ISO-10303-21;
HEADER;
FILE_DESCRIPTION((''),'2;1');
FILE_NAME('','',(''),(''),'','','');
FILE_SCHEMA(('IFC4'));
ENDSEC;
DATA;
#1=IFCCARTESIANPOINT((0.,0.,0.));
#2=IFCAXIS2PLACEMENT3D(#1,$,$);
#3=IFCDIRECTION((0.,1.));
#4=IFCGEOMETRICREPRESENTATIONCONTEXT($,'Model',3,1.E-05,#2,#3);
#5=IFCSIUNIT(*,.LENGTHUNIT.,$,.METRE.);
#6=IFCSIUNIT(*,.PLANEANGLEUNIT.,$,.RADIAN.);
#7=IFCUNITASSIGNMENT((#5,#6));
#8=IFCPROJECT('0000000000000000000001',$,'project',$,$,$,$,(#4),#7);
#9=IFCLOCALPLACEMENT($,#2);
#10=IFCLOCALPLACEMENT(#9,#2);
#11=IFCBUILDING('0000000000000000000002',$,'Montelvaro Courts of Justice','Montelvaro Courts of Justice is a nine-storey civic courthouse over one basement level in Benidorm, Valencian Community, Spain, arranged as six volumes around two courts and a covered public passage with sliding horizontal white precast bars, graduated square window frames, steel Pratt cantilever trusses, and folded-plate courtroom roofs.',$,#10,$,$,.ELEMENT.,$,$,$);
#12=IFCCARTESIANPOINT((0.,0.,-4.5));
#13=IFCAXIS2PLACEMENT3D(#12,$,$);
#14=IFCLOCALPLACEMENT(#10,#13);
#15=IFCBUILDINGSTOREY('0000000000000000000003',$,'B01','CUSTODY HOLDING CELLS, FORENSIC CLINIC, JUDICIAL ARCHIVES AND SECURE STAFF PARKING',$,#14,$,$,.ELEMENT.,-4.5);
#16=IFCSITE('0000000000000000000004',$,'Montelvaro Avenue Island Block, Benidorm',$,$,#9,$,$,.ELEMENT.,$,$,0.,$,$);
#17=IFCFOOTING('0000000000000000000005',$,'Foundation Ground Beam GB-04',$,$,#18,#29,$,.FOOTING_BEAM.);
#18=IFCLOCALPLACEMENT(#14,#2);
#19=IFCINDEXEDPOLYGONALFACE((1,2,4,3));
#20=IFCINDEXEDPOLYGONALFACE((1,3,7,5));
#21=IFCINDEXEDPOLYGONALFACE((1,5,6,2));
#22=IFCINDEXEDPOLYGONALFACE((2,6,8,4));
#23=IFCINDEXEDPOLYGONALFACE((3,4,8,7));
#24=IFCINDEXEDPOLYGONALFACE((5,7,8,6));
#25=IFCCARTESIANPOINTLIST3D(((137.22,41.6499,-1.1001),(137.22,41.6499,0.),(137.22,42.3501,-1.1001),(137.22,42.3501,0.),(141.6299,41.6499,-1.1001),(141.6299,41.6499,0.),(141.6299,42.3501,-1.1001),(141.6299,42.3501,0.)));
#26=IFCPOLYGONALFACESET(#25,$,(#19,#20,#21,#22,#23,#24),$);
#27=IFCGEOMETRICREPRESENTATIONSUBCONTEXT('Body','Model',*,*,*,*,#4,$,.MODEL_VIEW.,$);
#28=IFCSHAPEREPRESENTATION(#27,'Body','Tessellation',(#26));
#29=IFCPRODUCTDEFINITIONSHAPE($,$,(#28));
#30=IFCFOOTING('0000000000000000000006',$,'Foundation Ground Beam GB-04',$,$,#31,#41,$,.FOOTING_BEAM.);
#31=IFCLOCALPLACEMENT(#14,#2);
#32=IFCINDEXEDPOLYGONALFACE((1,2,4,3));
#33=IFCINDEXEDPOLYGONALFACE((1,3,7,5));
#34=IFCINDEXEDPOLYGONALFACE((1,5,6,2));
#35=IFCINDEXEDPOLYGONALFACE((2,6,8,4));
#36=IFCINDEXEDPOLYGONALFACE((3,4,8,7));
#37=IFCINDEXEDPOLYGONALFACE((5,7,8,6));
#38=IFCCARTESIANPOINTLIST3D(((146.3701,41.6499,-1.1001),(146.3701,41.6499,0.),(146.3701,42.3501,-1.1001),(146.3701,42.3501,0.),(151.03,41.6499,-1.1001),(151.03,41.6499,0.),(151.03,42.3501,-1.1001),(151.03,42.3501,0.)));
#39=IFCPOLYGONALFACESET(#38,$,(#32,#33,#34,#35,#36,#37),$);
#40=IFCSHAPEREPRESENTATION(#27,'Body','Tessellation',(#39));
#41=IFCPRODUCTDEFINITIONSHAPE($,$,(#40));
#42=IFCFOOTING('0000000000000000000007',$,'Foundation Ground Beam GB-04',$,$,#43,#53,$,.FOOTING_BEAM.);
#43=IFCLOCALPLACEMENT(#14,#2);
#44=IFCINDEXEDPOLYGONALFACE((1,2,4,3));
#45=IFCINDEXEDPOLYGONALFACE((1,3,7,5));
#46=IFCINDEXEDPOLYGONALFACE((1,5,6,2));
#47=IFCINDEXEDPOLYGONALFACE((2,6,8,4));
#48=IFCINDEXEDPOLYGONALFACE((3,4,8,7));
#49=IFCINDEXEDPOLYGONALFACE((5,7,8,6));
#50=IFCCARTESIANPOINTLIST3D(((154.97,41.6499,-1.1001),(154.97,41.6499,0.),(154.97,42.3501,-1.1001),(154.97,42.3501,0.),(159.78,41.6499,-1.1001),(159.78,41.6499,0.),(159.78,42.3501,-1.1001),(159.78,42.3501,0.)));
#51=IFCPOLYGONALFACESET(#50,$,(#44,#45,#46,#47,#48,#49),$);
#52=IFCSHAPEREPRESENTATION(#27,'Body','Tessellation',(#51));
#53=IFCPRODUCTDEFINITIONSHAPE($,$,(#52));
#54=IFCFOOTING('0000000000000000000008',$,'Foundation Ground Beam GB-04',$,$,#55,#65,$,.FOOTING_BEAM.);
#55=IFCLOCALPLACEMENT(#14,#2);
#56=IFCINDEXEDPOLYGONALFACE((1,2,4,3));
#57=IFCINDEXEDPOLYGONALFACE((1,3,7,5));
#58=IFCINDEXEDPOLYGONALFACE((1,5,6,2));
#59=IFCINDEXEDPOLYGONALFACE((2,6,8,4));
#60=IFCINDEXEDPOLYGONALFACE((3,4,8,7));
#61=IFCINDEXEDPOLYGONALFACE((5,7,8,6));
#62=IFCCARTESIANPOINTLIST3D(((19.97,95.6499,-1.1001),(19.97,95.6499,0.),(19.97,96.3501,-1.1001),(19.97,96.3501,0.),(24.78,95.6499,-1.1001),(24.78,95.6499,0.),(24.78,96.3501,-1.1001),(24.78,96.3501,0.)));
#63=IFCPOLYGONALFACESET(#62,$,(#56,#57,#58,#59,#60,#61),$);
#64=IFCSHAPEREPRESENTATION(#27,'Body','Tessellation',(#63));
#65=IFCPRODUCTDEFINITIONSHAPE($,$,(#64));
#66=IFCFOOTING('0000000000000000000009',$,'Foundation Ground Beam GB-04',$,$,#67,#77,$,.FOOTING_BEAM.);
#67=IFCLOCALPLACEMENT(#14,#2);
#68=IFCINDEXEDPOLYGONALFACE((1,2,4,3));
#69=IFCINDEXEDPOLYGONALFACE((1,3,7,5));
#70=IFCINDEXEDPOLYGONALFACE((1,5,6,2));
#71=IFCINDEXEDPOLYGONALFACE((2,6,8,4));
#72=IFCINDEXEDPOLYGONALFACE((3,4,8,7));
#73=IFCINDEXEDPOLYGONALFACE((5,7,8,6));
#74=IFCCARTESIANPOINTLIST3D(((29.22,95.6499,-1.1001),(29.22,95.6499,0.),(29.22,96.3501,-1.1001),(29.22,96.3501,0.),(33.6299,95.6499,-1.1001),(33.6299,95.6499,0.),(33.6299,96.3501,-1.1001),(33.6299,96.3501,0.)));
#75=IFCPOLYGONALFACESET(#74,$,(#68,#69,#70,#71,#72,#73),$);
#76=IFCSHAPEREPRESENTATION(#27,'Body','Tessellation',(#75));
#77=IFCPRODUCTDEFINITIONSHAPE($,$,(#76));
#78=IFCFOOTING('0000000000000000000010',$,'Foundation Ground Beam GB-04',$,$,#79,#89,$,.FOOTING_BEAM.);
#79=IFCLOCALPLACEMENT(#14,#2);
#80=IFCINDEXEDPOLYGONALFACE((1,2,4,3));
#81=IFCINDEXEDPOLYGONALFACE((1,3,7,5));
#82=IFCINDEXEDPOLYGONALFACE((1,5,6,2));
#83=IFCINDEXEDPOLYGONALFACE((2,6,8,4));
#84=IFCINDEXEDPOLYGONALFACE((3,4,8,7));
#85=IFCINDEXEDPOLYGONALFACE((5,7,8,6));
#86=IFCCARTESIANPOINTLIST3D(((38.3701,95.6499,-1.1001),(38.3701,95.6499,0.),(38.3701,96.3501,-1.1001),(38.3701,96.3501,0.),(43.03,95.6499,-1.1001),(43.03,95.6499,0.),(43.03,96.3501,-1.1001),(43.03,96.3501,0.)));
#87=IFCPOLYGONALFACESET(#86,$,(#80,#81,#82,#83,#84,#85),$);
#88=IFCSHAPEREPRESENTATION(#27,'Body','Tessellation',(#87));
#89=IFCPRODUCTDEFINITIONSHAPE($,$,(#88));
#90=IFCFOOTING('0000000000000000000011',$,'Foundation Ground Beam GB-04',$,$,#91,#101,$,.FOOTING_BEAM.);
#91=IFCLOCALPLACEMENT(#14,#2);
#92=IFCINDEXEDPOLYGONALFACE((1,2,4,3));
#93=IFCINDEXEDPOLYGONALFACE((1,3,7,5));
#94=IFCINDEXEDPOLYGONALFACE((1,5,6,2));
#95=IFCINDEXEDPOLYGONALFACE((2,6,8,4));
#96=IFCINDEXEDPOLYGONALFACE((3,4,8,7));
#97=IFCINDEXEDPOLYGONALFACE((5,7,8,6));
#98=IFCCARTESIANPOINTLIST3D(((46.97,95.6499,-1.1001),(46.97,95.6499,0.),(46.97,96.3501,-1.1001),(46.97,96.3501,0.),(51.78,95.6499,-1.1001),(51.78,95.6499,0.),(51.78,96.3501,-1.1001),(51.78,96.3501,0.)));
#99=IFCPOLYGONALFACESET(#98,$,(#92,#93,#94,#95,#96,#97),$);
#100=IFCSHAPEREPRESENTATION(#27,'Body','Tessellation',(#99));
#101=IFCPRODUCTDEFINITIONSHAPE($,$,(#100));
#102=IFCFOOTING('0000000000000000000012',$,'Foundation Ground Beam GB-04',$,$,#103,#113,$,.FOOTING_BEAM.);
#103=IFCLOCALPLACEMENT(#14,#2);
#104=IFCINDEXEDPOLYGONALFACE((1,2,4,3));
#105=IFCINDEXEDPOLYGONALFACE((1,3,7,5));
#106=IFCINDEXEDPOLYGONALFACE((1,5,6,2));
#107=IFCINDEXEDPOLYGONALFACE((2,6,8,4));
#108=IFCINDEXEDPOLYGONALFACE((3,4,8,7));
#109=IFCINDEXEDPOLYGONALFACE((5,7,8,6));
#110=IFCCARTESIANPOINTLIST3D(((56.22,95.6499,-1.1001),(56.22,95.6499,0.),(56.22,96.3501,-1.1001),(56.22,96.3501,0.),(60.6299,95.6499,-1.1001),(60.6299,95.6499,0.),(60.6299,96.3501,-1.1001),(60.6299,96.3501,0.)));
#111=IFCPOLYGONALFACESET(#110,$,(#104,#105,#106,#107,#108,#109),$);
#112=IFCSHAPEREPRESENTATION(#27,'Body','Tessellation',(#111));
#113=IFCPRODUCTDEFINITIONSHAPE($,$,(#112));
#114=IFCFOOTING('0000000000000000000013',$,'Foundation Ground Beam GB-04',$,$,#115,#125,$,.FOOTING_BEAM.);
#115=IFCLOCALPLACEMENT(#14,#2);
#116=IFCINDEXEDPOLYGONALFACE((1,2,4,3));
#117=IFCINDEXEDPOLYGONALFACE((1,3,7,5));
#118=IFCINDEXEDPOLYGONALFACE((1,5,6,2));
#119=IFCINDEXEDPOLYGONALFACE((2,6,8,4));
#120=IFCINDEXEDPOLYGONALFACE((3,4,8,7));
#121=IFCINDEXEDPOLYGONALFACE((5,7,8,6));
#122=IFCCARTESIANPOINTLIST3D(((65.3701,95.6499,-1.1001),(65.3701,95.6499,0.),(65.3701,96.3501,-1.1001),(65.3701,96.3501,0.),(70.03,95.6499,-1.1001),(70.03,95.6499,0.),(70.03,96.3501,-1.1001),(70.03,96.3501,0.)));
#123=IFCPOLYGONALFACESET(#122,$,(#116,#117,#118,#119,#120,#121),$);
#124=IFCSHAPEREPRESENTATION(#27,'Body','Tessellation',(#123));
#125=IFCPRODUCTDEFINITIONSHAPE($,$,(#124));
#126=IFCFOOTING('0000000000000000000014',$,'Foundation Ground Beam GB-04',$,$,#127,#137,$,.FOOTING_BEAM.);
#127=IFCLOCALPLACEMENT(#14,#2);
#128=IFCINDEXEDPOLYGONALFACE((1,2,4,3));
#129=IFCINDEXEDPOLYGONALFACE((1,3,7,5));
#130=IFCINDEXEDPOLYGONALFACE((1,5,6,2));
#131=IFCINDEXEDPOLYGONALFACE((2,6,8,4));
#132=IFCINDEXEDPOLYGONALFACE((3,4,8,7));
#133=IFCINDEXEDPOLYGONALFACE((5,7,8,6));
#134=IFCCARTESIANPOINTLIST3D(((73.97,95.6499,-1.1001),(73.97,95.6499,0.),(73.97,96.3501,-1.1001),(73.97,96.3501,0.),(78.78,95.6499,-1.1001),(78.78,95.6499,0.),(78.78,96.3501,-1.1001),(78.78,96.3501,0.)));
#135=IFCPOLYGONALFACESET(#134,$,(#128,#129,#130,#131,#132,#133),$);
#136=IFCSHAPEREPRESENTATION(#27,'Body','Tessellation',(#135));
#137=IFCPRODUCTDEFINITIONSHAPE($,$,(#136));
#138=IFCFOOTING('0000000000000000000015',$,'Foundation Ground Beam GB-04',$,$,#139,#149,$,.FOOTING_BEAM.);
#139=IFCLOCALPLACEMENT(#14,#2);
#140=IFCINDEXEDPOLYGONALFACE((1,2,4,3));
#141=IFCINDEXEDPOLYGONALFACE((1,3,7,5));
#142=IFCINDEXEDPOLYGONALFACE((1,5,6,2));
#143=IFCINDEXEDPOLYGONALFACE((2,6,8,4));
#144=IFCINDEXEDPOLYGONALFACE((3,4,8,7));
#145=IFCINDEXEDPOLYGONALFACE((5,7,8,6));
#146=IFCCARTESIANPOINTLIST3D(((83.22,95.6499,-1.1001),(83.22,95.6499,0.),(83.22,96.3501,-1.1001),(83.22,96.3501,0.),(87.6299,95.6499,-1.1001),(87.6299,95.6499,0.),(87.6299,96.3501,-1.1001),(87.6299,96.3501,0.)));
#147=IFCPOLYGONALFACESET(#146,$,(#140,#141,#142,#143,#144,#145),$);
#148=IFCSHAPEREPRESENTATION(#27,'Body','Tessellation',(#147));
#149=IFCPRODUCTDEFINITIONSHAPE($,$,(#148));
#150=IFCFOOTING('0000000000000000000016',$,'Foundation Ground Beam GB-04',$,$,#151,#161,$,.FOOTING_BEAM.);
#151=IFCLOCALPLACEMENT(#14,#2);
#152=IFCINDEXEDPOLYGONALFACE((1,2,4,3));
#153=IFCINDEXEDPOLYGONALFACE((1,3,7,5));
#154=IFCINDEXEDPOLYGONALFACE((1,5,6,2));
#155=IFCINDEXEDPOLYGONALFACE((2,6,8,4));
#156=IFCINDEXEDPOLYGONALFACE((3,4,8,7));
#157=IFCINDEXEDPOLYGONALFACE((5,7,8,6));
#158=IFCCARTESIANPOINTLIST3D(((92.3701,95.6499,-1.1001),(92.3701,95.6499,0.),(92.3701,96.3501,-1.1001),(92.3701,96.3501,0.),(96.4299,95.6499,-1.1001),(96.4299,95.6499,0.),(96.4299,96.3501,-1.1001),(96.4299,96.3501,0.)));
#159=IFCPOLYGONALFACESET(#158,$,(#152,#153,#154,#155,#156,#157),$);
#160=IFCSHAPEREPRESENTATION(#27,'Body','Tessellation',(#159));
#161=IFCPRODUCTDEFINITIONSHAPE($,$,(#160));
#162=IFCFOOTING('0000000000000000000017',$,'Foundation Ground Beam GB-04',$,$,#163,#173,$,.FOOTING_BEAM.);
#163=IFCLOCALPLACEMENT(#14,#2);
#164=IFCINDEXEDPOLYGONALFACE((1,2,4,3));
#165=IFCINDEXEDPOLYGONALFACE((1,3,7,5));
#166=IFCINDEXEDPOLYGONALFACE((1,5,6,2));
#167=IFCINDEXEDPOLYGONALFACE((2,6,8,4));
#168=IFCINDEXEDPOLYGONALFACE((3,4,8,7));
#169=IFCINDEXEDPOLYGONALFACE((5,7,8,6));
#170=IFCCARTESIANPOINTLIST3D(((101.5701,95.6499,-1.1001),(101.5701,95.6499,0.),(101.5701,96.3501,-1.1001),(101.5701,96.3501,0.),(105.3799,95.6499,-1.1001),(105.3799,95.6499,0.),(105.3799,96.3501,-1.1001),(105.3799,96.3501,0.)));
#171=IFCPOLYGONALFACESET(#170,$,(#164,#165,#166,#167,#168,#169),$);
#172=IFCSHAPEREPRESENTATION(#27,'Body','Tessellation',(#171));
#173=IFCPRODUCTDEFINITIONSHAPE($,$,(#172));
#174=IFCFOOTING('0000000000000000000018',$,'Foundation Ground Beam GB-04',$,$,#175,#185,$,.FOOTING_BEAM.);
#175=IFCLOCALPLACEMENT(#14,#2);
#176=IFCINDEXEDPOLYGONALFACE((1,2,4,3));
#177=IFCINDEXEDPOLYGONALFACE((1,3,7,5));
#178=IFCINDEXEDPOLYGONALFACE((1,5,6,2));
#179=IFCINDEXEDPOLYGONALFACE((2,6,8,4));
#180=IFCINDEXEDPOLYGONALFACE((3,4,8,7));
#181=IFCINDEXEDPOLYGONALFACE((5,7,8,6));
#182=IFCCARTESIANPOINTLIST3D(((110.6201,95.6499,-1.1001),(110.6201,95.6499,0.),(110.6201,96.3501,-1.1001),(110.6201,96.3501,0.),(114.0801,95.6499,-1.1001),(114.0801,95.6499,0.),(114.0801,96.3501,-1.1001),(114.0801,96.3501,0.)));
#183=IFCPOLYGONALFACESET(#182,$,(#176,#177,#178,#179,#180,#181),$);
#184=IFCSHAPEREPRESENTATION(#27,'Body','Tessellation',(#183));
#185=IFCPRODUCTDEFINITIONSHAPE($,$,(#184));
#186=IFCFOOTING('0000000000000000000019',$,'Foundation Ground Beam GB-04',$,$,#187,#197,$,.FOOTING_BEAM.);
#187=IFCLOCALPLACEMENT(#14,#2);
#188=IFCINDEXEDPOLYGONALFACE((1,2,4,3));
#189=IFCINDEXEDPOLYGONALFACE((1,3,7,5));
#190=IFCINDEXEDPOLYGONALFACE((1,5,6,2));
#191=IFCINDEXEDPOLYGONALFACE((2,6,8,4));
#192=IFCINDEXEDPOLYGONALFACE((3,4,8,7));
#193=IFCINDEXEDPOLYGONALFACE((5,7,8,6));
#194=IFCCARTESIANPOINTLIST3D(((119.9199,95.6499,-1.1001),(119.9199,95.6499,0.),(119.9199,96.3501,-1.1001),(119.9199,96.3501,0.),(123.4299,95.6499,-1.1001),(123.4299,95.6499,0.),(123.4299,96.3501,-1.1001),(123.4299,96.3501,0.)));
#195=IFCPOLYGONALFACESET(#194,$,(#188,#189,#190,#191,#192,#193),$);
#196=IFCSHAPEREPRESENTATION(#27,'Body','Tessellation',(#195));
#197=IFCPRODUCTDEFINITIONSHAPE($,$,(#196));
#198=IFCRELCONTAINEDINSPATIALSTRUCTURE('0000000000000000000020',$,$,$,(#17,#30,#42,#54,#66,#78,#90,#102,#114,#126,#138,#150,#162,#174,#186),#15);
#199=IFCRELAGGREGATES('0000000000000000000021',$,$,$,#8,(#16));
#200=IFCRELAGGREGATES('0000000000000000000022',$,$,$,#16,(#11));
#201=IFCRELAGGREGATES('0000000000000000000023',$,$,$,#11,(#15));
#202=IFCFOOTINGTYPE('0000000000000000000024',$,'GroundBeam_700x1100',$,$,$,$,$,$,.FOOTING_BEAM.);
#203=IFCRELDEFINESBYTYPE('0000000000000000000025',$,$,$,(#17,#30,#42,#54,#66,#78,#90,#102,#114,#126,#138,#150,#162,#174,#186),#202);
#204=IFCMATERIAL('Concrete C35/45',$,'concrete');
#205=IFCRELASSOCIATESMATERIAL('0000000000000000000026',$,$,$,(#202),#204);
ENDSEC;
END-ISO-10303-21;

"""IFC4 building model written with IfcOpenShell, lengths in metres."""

from ifc_helpers import new_model, si_unit, direction, frame, origin, place, context, subcontext, project, spatial, polyline, outline, extrude, material, type_object, element, save


model = new_model("IFC4")

# Units and contexts
model_context = context("Model", 3, precision=1e-05, world=origin(), true_north=direction((0.0, 1.0)))
body_context = subcontext(model_context, "Body", "Model", "MODEL_VIEW")
ifc_project = project(units=[si_unit("LENGTHUNIT", "METRE"), si_unit("PLANEANGLEUNIT", "RADIAN")], contexts=[model_context])

# Site, building, storey
site_placement = place(None, origin())
site = spatial("IfcSite", under=ifc_project, at=site_placement, Name="Montelvaro Avenue Island Block, Benidorm", CompositionType="ELEMENT", RefElevation=0.0)
building_placement = place(site_placement, origin())
building = spatial("IfcBuilding", under=site, at=building_placement, Name="Montelvaro Courts of Justice", Description="Montelvaro Courts of Justice is a nine-storey civic courthouse over one basement level in Benidorm, Valencian Community, Spain, arranged as six volumes around two courts and a covered public passage with sliding horizontal white precast bars, graduated square window frames, steel Pratt cantilever trusses, and folded-plate courtroom roofs.", CompositionType="ELEMENT")
storey_placement = place(building_placement, frame((0.0, 0.0, -4.5)))
storey = spatial("IfcBuildingStorey", under=building, at=storey_placement, Name="B01", Description="CUSTODY HOLDING CELLS, FORENSIC CLINIC, JUDICIAL ARCHIVES AND SECURE STAFF PARKING", CompositionType="ELEMENT", Elevation=-4.5)

# Footings
ifc_material = material(Name="Concrete C35/45", Category="concrete")
footing_type = type_object("IfcFootingType", Name="GroundBeam_700x1100", PredefinedType="FOOTING_BEAM", material=ifc_material)
footing_1_placement = place(storey_placement, frame((0.0, 0.0, -1.1001)))
element("IfcFooting", 1, at=footing_1_placement, inside=storey, type_object=footing_type, Name="Foundation Ground Beam GB-04", PredefinedType="FOOTING_BEAM", context=body_context, shape_type="SweptSolid", body=[
    extrude(outline(polyline([(137.22, 41.6499), (141.6299, 41.6499), (141.6299, 42.3501), (137.22, 42.3501), (137.22, 41.6499)])), origin(), (0.0, 0.0, 1.0), 1.1001),
])
footing_2_placement = place(storey_placement, frame((0.0, 0.0, -1.1001)))
element("IfcFooting", 2, at=footing_2_placement, inside=storey, type_object=footing_type, Name="Foundation Ground Beam GB-04", PredefinedType="FOOTING_BEAM", context=body_context, shape_type="SweptSolid", body=[
    extrude(outline(polyline([(146.3701, 41.6499), (151.03, 41.6499), (151.03, 42.3501), (146.3701, 42.3501), (146.3701, 41.6499)])), origin(), (0.0, 0.0, 1.0), 1.1001),
])
footing_3_placement = place(storey_placement, frame((0.0, 0.0, -1.1001)))
element("IfcFooting", 3, at=footing_3_placement, inside=storey, type_object=footing_type, Name="Foundation Ground Beam GB-04", PredefinedType="FOOTING_BEAM", context=body_context, shape_type="SweptSolid", body=[
    extrude(outline(polyline([(154.97, 41.6499), (159.78, 41.6499), (159.78, 42.3501), (154.97, 42.3501), (154.97, 41.6499)])), origin(), (0.0, 0.0, 1.0), 1.1001),
])
footing_4_placement = place(storey_placement, frame((0.0, 0.0, -1.1001)))
element("IfcFooting", 4, at=footing_4_placement, inside=storey, type_object=footing_type, Name="Foundation Ground Beam GB-04", PredefinedType="FOOTING_BEAM", context=body_context, shape_type="SweptSolid", body=[
    extrude(outline(polyline([(19.97, 95.6499), (24.78, 95.6499), (24.78, 96.3501), (19.97, 96.3501), (19.97, 95.6499)])), origin(), (0.0, 0.0, 1.0), 1.1001),
])
footing_5_placement = place(storey_placement, frame((0.0, 0.0, -1.1001)))
element("IfcFooting", 5, at=footing_5_placement, inside=storey, type_object=footing_type, Name="Foundation Ground Beam GB-04", PredefinedType="FOOTING_BEAM", context=body_context, shape_type="SweptSolid", body=[
    extrude(outline(polyline([(29.22, 95.6499), (33.6299, 95.6499), (33.6299, 96.3501), (29.22, 96.3501), (29.22, 95.6499)])), origin(), (0.0, 0.0, 1.0), 1.1001),
])
footing_6_placement = place(storey_placement, frame((0.0, 0.0, -1.1001)))
element("IfcFooting", 6, at=footing_6_placement, inside=storey, type_object=footing_type, Name="Foundation Ground Beam GB-04", PredefinedType="FOOTING_BEAM", context=body_context, shape_type="SweptSolid", body=[
    extrude(outline(polyline([(38.3701, 95.6499), (43.03, 95.6499), (43.03, 96.3501), (38.3701, 96.3501), (38.3701, 95.6499)])), origin(), (0.0, 0.0, 1.0), 1.1001),
])
footing_7_placement = place(storey_placement, frame((0.0, 0.0, -1.1001)))
element("IfcFooting", 7, at=footing_7_placement, inside=storey, type_object=footing_type, Name="Foundation Ground Beam GB-04", PredefinedType="FOOTING_BEAM", context=body_context, shape_type="SweptSolid", body=[
    extrude(outline(polyline([(46.97, 95.6499), (51.78, 95.6499), (51.78, 96.3501), (46.97, 96.3501), (46.97, 95.6499)])), origin(), (0.0, 0.0, 1.0), 1.1001),
])
footing_8_placement = place(storey_placement, frame((0.0, 0.0, -1.1001)))
element("IfcFooting", 8, at=footing_8_placement, inside=storey, type_object=footing_type, Name="Foundation Ground Beam GB-04", PredefinedType="FOOTING_BEAM", context=body_context, shape_type="SweptSolid", body=[
    extrude(outline(polyline([(56.22, 95.6499), (60.6299, 95.6499), (60.6299, 96.3501), (56.22, 96.3501), (56.22, 95.6499)])), origin(), (0.0, 0.0, 1.0), 1.1001),
])
footing_9_placement = place(storey_placement, frame((0.0, 0.0, -1.1001)))
element("IfcFooting", 9, at=footing_9_placement, inside=storey, type_object=footing_type, Name="Foundation Ground Beam GB-04", PredefinedType="FOOTING_BEAM", context=body_context, shape_type="SweptSolid", body=[
    extrude(outline(polyline([(65.3701, 95.6499), (70.03, 95.6499), (70.03, 96.3501), (65.3701, 96.3501), (65.3701, 95.6499)])), origin(), (0.0, 0.0, 1.0), 1.1001),
])
footing_10_placement = place(storey_placement, frame((0.0, 0.0, -1.1001)))
element("IfcFooting", 10, at=footing_10_placement, inside=storey, type_object=footing_type, Name="Foundation Ground Beam GB-04", PredefinedType="FOOTING_BEAM", context=body_context, shape_type="SweptSolid", body=[
    extrude(outline(polyline([(73.97, 95.6499), (78.78, 95.6499), (78.78, 96.3501), (73.97, 96.3501), (73.97, 95.6499)])), origin(), (0.0, 0.0, 1.0), 1.1001),
])
footing_11_placement = place(storey_placement, frame((0.0, 0.0, -1.1001)))
element("IfcFooting", 11, at=footing_11_placement, inside=storey, type_object=footing_type, Name="Foundation Ground Beam GB-04", PredefinedType="FOOTING_BEAM", context=body_context, shape_type="SweptSolid", body=[
    extrude(outline(polyline([(83.22, 95.6499), (87.6299, 95.6499), (87.6299, 96.3501), (83.22, 96.3501), (83.22, 95.6499)])), origin(), (0.0, 0.0, 1.0), 1.1001),
])
footing_12_placement = place(storey_placement, frame((0.0, 0.0, -1.1001)))
element("IfcFooting", 12, at=footing_12_placement, inside=storey, type_object=footing_type, Name="Foundation Ground Beam GB-04", PredefinedType="FOOTING_BEAM", context=body_context, shape_type="SweptSolid", body=[
    extrude(outline(polyline([(92.3701, 95.6499), (96.4299, 95.6499), (96.4299, 96.3501), (92.3701, 96.3501), (92.3701, 95.6499)])), origin(), (0.0, 0.0, 1.0), 1.1001),
])
footing_13_placement = place(storey_placement, frame((0.0, 0.0, -1.1001)))
element("IfcFooting", 13, at=footing_13_placement, inside=storey, type_object=footing_type, Name="Foundation Ground Beam GB-04", PredefinedType="FOOTING_BEAM", context=body_context, shape_type="SweptSolid", body=[
    extrude(outline(polyline([(101.5701, 95.6499), (105.3799, 95.6499), (105.3799, 96.3501), (101.5701, 96.3501), (101.5701, 95.6499)])), origin(), (0.0, 0.0, 1.0), 1.1001),
])
footing_14_placement = place(storey_placement, frame((0.0, 0.0, -1.1001)))
element("IfcFooting", 14, at=footing_14_placement, inside=storey, type_object=footing_type, Name="Foundation Ground Beam GB-04", PredefinedType="FOOTING_BEAM", context=body_context, shape_type="SweptSolid", body=[
    extrude(outline(polyline([(110.6201, 95.6499), (114.0801, 95.6499), (114.0801, 96.3501), (110.6201, 96.3501), (110.6201, 95.6499)])), origin(), (0.0, 0.0, 1.0), 1.1001),
])
footing_15_placement = place(storey_placement, frame((0.0, 0.0, -1.1001)))
element("IfcFooting", 15, at=footing_15_placement, inside=storey, type_object=footing_type, Name="Foundation Ground Beam GB-04", PredefinedType="FOOTING_BEAM", context=body_context, shape_type="SweptSolid", body=[
    extrude(outline(polyline([(119.9199, 95.6499), (123.4299, 95.6499), (123.4299, 96.3501), (119.9199, 96.3501), (119.9199, 95.6499)])), origin(), (0.0, 0.0, 1.0), 1.1001),
])

save(model, "model.ifc")
